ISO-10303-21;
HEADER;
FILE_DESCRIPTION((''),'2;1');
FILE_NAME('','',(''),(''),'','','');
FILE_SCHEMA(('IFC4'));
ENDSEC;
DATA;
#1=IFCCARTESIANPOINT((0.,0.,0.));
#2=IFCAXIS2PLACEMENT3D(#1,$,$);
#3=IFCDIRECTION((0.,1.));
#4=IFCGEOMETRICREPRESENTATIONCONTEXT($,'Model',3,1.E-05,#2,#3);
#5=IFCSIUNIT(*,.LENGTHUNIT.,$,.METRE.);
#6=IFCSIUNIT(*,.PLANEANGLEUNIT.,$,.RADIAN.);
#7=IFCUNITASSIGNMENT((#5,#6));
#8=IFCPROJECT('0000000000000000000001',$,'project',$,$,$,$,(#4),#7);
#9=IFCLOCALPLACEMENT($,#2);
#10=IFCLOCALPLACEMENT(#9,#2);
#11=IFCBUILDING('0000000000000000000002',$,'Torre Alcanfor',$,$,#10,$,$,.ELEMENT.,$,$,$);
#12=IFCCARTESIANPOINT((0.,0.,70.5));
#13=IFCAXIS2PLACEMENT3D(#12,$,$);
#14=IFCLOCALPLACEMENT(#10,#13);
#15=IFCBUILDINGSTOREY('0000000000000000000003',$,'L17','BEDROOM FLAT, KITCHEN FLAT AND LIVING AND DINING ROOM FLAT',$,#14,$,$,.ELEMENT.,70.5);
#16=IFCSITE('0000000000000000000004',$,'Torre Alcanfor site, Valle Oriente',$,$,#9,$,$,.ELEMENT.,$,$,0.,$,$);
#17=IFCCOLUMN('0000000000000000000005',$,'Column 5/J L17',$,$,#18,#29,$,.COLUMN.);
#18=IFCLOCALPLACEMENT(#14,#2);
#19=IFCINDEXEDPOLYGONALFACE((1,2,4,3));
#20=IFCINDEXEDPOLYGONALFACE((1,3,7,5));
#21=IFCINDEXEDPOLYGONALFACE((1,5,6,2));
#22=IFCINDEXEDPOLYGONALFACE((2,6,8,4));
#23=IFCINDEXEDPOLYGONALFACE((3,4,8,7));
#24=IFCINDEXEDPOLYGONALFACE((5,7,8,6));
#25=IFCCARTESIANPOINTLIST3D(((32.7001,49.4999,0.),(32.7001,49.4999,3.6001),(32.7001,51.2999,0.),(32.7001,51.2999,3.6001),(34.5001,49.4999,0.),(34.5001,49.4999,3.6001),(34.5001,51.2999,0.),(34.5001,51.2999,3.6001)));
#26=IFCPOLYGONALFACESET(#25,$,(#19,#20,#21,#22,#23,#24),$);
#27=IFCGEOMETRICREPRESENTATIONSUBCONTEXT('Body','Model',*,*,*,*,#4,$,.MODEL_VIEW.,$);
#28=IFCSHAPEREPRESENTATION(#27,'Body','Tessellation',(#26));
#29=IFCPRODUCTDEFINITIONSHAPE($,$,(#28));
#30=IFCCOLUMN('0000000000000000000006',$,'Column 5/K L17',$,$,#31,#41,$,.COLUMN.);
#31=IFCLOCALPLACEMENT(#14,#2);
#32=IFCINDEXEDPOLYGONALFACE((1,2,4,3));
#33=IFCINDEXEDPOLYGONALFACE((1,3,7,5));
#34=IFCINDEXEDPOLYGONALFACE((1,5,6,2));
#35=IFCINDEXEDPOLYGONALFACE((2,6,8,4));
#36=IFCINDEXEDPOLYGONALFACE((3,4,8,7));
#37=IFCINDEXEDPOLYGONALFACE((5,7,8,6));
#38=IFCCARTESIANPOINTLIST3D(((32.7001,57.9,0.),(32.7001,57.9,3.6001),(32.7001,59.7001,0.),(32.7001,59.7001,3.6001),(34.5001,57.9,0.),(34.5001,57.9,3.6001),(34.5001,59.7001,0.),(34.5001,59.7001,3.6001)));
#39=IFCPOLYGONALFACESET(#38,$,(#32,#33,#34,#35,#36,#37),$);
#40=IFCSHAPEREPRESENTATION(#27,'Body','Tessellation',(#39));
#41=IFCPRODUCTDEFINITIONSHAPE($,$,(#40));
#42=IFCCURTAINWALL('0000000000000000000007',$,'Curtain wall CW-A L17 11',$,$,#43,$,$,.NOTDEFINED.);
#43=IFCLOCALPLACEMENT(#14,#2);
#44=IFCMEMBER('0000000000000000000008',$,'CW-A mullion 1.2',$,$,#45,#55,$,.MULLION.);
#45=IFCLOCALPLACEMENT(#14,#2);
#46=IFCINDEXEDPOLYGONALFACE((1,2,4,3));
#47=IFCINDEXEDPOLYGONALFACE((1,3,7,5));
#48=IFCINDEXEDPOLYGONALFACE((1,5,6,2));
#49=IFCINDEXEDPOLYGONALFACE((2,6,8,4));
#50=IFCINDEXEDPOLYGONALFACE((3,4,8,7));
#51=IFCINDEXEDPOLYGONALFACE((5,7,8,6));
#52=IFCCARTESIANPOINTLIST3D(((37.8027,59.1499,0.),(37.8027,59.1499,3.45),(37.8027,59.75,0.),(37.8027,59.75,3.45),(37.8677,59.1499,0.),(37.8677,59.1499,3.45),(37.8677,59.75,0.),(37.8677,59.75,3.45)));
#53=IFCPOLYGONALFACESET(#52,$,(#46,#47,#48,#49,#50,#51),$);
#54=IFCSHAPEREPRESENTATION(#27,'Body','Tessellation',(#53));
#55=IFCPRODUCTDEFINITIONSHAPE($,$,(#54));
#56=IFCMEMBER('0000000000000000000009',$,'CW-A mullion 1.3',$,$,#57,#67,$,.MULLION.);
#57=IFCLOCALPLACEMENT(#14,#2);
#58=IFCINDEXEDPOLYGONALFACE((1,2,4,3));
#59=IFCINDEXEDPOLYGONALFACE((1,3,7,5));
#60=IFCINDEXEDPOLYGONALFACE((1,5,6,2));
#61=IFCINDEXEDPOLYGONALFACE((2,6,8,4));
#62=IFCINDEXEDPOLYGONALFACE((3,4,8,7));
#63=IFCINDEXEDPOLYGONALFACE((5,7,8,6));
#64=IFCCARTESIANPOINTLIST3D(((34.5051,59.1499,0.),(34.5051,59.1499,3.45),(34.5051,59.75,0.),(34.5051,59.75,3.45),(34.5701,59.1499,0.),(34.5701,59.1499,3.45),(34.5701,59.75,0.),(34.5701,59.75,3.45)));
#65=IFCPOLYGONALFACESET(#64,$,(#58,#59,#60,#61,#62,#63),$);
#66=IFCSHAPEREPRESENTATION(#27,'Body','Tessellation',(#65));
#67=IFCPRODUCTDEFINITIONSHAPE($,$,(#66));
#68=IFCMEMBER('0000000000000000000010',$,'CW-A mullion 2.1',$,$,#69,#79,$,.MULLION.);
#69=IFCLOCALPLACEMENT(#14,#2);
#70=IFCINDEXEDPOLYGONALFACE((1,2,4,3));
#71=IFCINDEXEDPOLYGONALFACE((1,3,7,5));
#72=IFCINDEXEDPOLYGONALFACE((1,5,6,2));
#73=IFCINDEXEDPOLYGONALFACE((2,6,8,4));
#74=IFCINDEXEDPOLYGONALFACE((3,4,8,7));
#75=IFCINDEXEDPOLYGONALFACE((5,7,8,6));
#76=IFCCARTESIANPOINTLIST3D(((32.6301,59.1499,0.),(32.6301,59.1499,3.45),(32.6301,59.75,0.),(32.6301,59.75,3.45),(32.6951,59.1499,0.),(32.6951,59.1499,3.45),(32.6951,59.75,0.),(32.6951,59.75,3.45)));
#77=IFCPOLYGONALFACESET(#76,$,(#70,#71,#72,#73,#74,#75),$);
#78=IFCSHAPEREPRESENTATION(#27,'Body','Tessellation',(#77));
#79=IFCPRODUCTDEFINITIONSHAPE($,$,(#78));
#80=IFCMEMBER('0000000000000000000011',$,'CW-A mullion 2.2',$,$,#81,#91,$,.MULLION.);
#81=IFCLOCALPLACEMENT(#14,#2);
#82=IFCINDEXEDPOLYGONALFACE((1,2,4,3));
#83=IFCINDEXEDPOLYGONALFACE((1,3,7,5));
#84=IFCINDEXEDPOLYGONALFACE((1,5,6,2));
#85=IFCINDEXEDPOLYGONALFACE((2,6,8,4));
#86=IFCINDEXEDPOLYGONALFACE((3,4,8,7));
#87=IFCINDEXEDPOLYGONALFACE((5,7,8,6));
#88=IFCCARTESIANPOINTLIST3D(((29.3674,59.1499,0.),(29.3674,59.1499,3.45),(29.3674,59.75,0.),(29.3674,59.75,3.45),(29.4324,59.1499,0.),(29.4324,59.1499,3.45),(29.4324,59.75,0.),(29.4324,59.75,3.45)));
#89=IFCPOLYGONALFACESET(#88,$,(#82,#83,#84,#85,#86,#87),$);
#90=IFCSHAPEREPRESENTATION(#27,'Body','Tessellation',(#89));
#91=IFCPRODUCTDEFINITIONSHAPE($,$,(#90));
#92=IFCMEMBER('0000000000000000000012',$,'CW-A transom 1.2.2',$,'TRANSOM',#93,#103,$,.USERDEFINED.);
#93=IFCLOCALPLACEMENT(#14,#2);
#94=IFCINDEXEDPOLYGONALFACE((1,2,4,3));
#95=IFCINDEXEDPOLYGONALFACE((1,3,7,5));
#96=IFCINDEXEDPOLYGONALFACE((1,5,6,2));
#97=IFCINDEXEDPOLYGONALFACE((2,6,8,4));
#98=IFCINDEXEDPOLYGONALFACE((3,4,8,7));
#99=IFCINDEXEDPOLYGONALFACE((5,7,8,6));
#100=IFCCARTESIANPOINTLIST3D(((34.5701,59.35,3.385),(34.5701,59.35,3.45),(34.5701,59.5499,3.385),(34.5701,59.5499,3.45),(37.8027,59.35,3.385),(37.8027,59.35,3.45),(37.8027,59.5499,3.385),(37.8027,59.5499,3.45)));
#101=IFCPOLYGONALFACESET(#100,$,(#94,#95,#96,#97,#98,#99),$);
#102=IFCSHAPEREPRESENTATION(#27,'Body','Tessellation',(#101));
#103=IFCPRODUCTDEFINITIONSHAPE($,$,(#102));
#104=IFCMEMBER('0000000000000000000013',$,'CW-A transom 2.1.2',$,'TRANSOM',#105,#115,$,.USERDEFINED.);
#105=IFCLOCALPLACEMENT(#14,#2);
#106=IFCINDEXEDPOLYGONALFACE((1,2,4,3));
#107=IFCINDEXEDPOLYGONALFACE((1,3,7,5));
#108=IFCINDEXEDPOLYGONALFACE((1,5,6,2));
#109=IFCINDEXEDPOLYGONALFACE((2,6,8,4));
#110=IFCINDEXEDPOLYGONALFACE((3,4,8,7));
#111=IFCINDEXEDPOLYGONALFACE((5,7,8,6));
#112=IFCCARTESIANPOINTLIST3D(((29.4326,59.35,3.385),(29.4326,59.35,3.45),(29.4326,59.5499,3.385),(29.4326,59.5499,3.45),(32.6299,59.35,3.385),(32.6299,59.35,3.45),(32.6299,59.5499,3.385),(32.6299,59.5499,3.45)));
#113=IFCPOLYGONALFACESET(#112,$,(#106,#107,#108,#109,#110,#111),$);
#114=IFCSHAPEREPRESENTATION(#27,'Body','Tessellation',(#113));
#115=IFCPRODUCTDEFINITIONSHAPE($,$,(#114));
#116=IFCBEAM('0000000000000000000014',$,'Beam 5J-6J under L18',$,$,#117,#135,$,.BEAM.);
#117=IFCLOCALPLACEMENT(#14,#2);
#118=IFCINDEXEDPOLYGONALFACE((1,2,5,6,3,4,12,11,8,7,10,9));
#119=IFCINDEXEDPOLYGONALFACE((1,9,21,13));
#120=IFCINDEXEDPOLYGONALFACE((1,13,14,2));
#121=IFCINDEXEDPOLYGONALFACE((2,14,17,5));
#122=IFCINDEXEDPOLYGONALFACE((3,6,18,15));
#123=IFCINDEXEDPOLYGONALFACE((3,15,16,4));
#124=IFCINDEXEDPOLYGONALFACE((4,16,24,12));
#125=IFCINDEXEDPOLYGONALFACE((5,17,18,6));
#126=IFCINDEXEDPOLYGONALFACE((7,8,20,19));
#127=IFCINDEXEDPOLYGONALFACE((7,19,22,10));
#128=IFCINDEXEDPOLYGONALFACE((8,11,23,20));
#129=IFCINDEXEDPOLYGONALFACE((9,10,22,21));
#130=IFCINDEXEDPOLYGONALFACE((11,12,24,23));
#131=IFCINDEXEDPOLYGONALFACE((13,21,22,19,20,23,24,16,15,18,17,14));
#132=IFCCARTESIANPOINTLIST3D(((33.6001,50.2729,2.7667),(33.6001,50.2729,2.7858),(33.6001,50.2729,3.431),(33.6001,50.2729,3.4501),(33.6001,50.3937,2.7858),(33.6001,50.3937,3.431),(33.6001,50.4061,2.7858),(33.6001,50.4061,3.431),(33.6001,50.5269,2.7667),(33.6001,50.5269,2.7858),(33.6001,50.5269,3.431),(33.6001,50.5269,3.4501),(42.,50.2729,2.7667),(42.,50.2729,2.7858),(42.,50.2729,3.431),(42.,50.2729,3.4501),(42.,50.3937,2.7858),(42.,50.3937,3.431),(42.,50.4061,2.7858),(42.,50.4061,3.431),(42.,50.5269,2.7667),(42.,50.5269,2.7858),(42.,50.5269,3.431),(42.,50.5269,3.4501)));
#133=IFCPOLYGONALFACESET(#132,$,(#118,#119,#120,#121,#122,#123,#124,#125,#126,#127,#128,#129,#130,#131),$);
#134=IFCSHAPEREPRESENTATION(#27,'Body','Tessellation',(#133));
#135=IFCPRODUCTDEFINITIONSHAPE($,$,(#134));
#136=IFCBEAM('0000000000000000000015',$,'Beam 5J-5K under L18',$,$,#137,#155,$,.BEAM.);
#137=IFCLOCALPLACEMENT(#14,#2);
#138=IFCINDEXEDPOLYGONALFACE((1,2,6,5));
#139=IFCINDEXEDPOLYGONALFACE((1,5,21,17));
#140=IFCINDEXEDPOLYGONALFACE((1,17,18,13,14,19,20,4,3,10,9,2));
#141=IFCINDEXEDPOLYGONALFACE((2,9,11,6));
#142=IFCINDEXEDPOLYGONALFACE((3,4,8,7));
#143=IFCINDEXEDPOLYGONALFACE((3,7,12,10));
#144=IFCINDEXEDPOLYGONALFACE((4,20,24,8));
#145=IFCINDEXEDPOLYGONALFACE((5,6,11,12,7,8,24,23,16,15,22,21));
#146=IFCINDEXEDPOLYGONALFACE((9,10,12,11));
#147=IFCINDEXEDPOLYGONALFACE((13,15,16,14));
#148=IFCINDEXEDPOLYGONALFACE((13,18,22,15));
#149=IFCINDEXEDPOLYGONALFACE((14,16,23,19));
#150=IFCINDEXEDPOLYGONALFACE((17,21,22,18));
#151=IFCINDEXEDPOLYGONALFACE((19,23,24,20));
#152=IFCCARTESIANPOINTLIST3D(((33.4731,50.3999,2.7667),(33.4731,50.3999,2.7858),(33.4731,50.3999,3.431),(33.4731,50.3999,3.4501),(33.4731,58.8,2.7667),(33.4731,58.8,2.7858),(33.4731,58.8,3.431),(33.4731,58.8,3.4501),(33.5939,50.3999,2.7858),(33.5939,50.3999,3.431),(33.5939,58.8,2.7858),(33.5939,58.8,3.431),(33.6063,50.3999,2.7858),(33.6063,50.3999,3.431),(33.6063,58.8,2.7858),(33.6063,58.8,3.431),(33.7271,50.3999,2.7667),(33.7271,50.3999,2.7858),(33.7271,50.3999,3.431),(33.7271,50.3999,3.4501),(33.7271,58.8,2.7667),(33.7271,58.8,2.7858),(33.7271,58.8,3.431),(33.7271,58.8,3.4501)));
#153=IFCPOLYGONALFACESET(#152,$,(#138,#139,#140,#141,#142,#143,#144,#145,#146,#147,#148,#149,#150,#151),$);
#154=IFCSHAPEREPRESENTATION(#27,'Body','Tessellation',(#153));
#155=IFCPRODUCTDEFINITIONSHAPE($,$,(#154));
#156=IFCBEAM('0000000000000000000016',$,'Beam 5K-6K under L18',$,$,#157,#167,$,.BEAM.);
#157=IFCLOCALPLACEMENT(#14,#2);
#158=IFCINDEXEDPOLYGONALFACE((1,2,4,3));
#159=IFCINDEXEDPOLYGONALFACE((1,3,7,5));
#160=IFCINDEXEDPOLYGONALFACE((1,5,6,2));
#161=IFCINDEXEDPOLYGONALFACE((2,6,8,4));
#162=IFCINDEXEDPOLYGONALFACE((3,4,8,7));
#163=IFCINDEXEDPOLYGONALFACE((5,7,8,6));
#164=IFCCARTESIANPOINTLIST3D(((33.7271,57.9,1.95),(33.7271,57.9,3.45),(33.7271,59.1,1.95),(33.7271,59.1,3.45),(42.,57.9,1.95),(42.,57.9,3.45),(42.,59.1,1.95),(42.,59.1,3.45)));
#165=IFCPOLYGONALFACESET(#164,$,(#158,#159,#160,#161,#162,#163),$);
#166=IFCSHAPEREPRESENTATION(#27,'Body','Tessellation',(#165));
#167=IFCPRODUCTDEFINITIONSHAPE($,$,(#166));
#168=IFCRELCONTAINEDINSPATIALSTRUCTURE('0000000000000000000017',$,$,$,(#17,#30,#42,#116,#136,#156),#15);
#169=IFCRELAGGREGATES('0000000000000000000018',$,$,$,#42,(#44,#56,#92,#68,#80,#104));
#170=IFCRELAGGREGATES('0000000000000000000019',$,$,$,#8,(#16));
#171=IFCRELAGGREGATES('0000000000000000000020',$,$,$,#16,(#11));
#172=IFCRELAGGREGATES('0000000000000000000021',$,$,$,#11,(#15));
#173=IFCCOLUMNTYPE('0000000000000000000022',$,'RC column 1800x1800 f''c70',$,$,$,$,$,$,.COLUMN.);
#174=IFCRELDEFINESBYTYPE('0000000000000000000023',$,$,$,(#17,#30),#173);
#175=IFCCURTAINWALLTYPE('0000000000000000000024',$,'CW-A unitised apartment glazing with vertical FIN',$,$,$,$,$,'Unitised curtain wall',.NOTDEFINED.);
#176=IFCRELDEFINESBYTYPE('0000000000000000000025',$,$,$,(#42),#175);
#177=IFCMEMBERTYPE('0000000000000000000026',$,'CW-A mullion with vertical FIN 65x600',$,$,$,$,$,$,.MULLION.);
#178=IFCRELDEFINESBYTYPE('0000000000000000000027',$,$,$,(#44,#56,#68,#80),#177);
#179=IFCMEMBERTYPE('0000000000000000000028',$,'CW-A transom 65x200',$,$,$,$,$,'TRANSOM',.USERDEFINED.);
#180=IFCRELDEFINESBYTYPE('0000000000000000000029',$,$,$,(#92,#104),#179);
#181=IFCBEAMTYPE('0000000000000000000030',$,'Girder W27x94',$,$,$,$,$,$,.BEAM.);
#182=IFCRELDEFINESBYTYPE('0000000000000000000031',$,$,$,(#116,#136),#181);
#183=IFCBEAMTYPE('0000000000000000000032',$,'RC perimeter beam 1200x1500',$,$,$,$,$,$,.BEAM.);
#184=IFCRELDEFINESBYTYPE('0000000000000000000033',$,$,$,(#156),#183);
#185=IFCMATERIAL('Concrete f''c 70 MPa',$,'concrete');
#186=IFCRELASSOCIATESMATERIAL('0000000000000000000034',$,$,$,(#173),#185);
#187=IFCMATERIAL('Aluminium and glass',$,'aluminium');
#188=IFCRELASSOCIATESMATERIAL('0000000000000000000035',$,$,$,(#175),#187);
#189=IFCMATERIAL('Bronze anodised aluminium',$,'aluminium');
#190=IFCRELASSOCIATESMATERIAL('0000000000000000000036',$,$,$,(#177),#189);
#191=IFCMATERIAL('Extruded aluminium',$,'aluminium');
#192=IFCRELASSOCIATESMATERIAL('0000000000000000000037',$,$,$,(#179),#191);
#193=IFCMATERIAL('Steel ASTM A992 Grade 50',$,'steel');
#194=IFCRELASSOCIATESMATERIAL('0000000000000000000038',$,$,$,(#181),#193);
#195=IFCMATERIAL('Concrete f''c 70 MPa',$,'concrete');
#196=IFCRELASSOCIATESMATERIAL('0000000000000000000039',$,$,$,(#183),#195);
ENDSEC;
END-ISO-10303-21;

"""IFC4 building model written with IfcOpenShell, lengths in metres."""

from ifc_helpers import new_model, si_unit, direction, frame, origin, origin_2d, place, context, subcontext, project, spatial, rectangle, i_section, extrude, material, material_profile, profile_set, type_object, element, aggregate, save


model = new_model("IFC4")

# Units and contexts
model_context = context("Model", 3, precision=1e-05, world=origin(), true_north=direction((0.0, 1.0)))
body_context = subcontext(model_context, "Body", "Model", "MODEL_VIEW")
ifc_project = project(units=[si_unit("LENGTHUNIT", "METRE"), si_unit("PLANEANGLEUNIT", "RADIAN")], contexts=[model_context])

# Site, building, storey
site_placement = place(None, origin())
site = spatial("IfcSite", under=ifc_project, at=site_placement, Name="Torre Alcanfor site, Valle Oriente", CompositionType="ELEMENT", RefElevation=0.0)
building_placement = place(site_placement, origin())
building = spatial("IfcBuilding", under=site, at=building_placement, Name="Torre Alcanfor", CompositionType="ELEMENT")
storey_placement = place(building_placement, frame((0.0, 0.0, 70.5)))
storey = spatial("IfcBuildingStorey", under=building, at=storey_placement, Name="L17", Description="BEDROOM FLAT, KITCHEN FLAT AND LIVING AND DINING ROOM FLAT", CompositionType="ELEMENT", Elevation=70.5)

# Columns
ifc_material_1 = material(Name="Concrete f'c 70 MPa", Category="concrete")
ifc_material_profile_1 = material_profile(ifc_material_1, rectangle(XDim=1.8, YDim=1.8, at=origin_2d()), Name="1800x1800")
ifc_profile_set_1 = profile_set([ifc_material_profile_1], Name="Concrete f'c 70 MPa")
column_type = type_object("IfcColumnType", Name="RC column 1800x1800 f'c70", PredefinedType="COLUMN", material=ifc_profile_set_1)
for number, where, z_axis, x_axis, name in (
    (1, (33.6001, 50.3999, 0.0), (0.0, 0.0, 1.0), (1.0, 0.0, 0.0), "Column 5/J L17"),
    (2, (33.6001, 58.8, 0.0), (0.0, 0.0, 1.0), (1.0, 0.0, 0.0), "Column 5/K L17"),
):
    element("IfcColumn", number, at=place(storey_placement, frame(where, z_axis=z_axis, x_axis=x_axis)), inside=storey, type_object=column_type, Name=name, PredefinedType="COLUMN", context=body_context, shape_type="SweptSolid", body=[
        extrude(rectangle(XDim=1.8, YDim=1.8, at=origin_2d()), origin(), (0.0, 0.0, 1.0), 3.6001),
    ])

# Curtain wall, members
ifc_material_2 = material(Name="Aluminium and glass", Category="aluminium")
curtain_wall_type = type_object("IfcCurtainWallType", Name="CW-A unitised apartment glazing with vertical FIN", ElementType="Unitised curtain wall", PredefinedType="NOTDEFINED", material=ifc_material_2)
curtain_wall_placement = place(storey_placement, origin())
curtain_wall = element("IfcCurtainWall", 3, at=curtain_wall_placement, inside=storey, type_object=curtain_wall_type, Name="Curtain wall CW-A L17 11", PredefinedType="NOTDEFINED")
ifc_material_3 = material(Name="Bronze anodised aluminium", Category="aluminium")
ifc_material_profile_2 = material_profile(ifc_material_3, rectangle(XDim=0.6001, YDim=0.0649, at=origin_2d()), Name="CW-A mullion 65x600")
ifc_profile_set_2 = profile_set([ifc_material_profile_2], Name="Bronze anodised aluminium")
member_type_1 = type_object("IfcMemberType", Name="CW-A mullion with vertical FIN 65x600", PredefinedType="MULLION", material=ifc_profile_set_2)
member_1_placement = place(storey_placement, frame((37.8352, 59.45, 0.0), z_axis=(0.0, 0.0, 1.0), x_axis=(0.0, -1.0, 0.0)))
member_1 = element("IfcMember", 4, at=member_1_placement, type_object=member_type_1, Name="CW-A mullion 1.2", PredefinedType="MULLION", context=body_context, shape_type="SweptSolid", body=[
    extrude(rectangle(XDim=0.6001, YDim=0.0649, at=origin_2d()), origin(), (0.0, 0.0, 1.0), 3.45),
])
member_2_placement = place(storey_placement, frame((34.5376, 59.45, 0.0), z_axis=(0.0, 0.0, 1.0), x_axis=(0.0, -1.0, 0.0)))
member_2 = element("IfcMember", 5, at=member_2_placement, type_object=member_type_1, Name="CW-A mullion 1.3", PredefinedType="MULLION", context=body_context, shape_type="SweptSolid", body=[
    extrude(rectangle(XDim=0.6001, YDim=0.0649, at=origin_2d()), origin(), (0.0, 0.0, 1.0), 3.45),
])
member_3_placement = place(storey_placement, frame((32.6626, 59.45, 0.0), z_axis=(0.0, 0.0, 1.0), x_axis=(0.0, -1.0, 0.0)))
member_3 = element("IfcMember", 6, at=member_3_placement, type_object=member_type_1, Name="CW-A mullion 2.1", PredefinedType="MULLION", context=body_context, shape_type="SweptSolid", body=[
    extrude(rectangle(XDim=0.6001, YDim=0.0649, at=origin_2d()), origin(), (0.0, 0.0, 1.0), 3.45),
])
member_4_placement = place(storey_placement, frame((29.3999, 59.45, 0.0), z_axis=(0.0, 0.0, 1.0), x_axis=(0.0, -1.0, 0.0)))
member_4 = element("IfcMember", 7, at=member_4_placement, type_object=member_type_1, Name="CW-A mullion 2.2", PredefinedType="MULLION", context=body_context, shape_type="SweptSolid", body=[
    extrude(rectangle(XDim=0.6001, YDim=0.0649, at=origin_2d()), origin(), (0.0, 0.0, 1.0), 3.45),
])
ifc_material_4 = material(Name="Extruded aluminium", Category="aluminium")
ifc_material_profile_3 = material_profile(ifc_material_4, rectangle(XDim=0.2, YDim=0.0649, at=origin_2d()), Name="CW-A transom 200x65")
ifc_profile_set_3 = profile_set([ifc_material_profile_3], Name="Extruded aluminium")
member_type_2 = type_object("IfcMemberType", Name="CW-A transom 65x200", ElementType="TRANSOM", PredefinedType="USERDEFINED", material=ifc_profile_set_3)
member_5_placement = place(storey_placement, frame((37.8027, 59.45, 3.4175), z_axis=(-1.0, 0.0, 0.0), x_axis=(0.0, -1.0, 0.0)))
member_5 = element("IfcMember", 8, at=member_5_placement, type_object=member_type_2, Name="CW-A transom 1.2.2", ObjectType="TRANSOM", PredefinedType="USERDEFINED", context=body_context, shape_type="SweptSolid", body=[
    extrude(rectangle(XDim=0.2, YDim=0.0649, at=origin_2d()), origin(), (0.0, 0.0, 1.0), 3.2327),
])
member_6_placement = place(storey_placement, frame((32.6299, 59.45, 3.4175), z_axis=(-1.0, 0.0, 0.0), x_axis=(0.0, -1.0, 0.0)))
member_6 = element("IfcMember", 9, at=member_6_placement, type_object=member_type_2, Name="CW-A transom 2.1.2", ObjectType="TRANSOM", PredefinedType="USERDEFINED", context=body_context, shape_type="SweptSolid", body=[
    extrude(rectangle(XDim=0.2, YDim=0.0649, at=origin_2d()), origin(), (0.0, 0.0, 1.0), 3.1973),
])

# Beams
ifc_material_5 = material(Name="Steel ASTM A992 Grade 50", Category="steel")
ifc_material_profile_4 = material_profile(ifc_material_5, i_section(OverallWidth=0.2539, OverallDepth=0.6833, WebThickness=0.0125, FlangeThickness=0.019, at=origin_2d()), Name="W27x94")
ifc_profile_set_4 = profile_set([ifc_material_profile_4], Name="Steel ASTM A992 Grade 50")
beam_type_1 = type_object("IfcBeamType", Name="Girder W27x94", PredefinedType="BEAM", material=ifc_profile_set_4)
beam_1_placement = place(storey_placement, frame((33.6001, 50.3999, 3.1084), z_axis=(1.0, 0.0, 0.0), x_axis=(0.0, 1.0, 0.0)))
element("IfcBeam", 10, at=beam_1_placement, inside=storey, type_object=beam_type_1, Name="Beam 5J-6J under L18", PredefinedType="BEAM", context=body_context, shape_type="SweptSolid", body=[
    extrude(i_section(OverallWidth=0.2539, OverallDepth=0.6833, WebThickness=0.0125, FlangeThickness=0.019, at=origin_2d()), origin(), (0.0, 0.0, 1.0), 8.3999),
])
beam_2_placement = place(storey_placement, frame((33.6001, 50.3999, 3.1084), z_axis=(0.0, 1.0, 0.0), x_axis=(-1.0, 0.0, 0.0)))
element("IfcBeam", 11, at=beam_2_placement, inside=storey, type_object=beam_type_1, Name="Beam 5J-5K under L18", PredefinedType="BEAM", context=body_context, shape_type="SweptSolid", body=[
    extrude(i_section(OverallWidth=0.2539, OverallDepth=0.6833, WebThickness=0.0125, FlangeThickness=0.019, at=origin_2d()), origin(), (0.0, 0.0, 1.0), 8.4001),
])
ifc_material_6 = material(Name="Concrete f'c 70 MPa", Category="concrete")
ifc_material_profile_5 = material_profile(ifc_material_6, rectangle(XDim=1.2, YDim=1.5, at=origin_2d()), Name="1200x1500")
ifc_profile_set_5 = profile_set([ifc_material_profile_5], Name="Concrete f'c 70 MPa")
beam_type_2 = type_object("IfcBeamType", Name="RC perimeter beam 1200x1500", PredefinedType="BEAM", material=ifc_profile_set_5)
beam_3_placement = place(storey_placement, frame((33.7271, 58.5, 2.7), z_axis=(1.0, 0.0, 0.0), x_axis=(0.0, 1.0, 0.0)))
element("IfcBeam", 12, at=beam_3_placement, inside=storey, type_object=beam_type_2, Name="Beam 5K-6K under L18", PredefinedType="BEAM", context=body_context, shape_type="SweptSolid", body=[
    extrude(rectangle(XDim=1.2, YDim=1.5, at=origin_2d()), origin(), (0.0, 0.0, 1.0), 8.2729),
])

aggregate(curtain_wall, [member_1, member_2, member_5, member_3, member_4, member_6])

save(model, "model.ifc")
